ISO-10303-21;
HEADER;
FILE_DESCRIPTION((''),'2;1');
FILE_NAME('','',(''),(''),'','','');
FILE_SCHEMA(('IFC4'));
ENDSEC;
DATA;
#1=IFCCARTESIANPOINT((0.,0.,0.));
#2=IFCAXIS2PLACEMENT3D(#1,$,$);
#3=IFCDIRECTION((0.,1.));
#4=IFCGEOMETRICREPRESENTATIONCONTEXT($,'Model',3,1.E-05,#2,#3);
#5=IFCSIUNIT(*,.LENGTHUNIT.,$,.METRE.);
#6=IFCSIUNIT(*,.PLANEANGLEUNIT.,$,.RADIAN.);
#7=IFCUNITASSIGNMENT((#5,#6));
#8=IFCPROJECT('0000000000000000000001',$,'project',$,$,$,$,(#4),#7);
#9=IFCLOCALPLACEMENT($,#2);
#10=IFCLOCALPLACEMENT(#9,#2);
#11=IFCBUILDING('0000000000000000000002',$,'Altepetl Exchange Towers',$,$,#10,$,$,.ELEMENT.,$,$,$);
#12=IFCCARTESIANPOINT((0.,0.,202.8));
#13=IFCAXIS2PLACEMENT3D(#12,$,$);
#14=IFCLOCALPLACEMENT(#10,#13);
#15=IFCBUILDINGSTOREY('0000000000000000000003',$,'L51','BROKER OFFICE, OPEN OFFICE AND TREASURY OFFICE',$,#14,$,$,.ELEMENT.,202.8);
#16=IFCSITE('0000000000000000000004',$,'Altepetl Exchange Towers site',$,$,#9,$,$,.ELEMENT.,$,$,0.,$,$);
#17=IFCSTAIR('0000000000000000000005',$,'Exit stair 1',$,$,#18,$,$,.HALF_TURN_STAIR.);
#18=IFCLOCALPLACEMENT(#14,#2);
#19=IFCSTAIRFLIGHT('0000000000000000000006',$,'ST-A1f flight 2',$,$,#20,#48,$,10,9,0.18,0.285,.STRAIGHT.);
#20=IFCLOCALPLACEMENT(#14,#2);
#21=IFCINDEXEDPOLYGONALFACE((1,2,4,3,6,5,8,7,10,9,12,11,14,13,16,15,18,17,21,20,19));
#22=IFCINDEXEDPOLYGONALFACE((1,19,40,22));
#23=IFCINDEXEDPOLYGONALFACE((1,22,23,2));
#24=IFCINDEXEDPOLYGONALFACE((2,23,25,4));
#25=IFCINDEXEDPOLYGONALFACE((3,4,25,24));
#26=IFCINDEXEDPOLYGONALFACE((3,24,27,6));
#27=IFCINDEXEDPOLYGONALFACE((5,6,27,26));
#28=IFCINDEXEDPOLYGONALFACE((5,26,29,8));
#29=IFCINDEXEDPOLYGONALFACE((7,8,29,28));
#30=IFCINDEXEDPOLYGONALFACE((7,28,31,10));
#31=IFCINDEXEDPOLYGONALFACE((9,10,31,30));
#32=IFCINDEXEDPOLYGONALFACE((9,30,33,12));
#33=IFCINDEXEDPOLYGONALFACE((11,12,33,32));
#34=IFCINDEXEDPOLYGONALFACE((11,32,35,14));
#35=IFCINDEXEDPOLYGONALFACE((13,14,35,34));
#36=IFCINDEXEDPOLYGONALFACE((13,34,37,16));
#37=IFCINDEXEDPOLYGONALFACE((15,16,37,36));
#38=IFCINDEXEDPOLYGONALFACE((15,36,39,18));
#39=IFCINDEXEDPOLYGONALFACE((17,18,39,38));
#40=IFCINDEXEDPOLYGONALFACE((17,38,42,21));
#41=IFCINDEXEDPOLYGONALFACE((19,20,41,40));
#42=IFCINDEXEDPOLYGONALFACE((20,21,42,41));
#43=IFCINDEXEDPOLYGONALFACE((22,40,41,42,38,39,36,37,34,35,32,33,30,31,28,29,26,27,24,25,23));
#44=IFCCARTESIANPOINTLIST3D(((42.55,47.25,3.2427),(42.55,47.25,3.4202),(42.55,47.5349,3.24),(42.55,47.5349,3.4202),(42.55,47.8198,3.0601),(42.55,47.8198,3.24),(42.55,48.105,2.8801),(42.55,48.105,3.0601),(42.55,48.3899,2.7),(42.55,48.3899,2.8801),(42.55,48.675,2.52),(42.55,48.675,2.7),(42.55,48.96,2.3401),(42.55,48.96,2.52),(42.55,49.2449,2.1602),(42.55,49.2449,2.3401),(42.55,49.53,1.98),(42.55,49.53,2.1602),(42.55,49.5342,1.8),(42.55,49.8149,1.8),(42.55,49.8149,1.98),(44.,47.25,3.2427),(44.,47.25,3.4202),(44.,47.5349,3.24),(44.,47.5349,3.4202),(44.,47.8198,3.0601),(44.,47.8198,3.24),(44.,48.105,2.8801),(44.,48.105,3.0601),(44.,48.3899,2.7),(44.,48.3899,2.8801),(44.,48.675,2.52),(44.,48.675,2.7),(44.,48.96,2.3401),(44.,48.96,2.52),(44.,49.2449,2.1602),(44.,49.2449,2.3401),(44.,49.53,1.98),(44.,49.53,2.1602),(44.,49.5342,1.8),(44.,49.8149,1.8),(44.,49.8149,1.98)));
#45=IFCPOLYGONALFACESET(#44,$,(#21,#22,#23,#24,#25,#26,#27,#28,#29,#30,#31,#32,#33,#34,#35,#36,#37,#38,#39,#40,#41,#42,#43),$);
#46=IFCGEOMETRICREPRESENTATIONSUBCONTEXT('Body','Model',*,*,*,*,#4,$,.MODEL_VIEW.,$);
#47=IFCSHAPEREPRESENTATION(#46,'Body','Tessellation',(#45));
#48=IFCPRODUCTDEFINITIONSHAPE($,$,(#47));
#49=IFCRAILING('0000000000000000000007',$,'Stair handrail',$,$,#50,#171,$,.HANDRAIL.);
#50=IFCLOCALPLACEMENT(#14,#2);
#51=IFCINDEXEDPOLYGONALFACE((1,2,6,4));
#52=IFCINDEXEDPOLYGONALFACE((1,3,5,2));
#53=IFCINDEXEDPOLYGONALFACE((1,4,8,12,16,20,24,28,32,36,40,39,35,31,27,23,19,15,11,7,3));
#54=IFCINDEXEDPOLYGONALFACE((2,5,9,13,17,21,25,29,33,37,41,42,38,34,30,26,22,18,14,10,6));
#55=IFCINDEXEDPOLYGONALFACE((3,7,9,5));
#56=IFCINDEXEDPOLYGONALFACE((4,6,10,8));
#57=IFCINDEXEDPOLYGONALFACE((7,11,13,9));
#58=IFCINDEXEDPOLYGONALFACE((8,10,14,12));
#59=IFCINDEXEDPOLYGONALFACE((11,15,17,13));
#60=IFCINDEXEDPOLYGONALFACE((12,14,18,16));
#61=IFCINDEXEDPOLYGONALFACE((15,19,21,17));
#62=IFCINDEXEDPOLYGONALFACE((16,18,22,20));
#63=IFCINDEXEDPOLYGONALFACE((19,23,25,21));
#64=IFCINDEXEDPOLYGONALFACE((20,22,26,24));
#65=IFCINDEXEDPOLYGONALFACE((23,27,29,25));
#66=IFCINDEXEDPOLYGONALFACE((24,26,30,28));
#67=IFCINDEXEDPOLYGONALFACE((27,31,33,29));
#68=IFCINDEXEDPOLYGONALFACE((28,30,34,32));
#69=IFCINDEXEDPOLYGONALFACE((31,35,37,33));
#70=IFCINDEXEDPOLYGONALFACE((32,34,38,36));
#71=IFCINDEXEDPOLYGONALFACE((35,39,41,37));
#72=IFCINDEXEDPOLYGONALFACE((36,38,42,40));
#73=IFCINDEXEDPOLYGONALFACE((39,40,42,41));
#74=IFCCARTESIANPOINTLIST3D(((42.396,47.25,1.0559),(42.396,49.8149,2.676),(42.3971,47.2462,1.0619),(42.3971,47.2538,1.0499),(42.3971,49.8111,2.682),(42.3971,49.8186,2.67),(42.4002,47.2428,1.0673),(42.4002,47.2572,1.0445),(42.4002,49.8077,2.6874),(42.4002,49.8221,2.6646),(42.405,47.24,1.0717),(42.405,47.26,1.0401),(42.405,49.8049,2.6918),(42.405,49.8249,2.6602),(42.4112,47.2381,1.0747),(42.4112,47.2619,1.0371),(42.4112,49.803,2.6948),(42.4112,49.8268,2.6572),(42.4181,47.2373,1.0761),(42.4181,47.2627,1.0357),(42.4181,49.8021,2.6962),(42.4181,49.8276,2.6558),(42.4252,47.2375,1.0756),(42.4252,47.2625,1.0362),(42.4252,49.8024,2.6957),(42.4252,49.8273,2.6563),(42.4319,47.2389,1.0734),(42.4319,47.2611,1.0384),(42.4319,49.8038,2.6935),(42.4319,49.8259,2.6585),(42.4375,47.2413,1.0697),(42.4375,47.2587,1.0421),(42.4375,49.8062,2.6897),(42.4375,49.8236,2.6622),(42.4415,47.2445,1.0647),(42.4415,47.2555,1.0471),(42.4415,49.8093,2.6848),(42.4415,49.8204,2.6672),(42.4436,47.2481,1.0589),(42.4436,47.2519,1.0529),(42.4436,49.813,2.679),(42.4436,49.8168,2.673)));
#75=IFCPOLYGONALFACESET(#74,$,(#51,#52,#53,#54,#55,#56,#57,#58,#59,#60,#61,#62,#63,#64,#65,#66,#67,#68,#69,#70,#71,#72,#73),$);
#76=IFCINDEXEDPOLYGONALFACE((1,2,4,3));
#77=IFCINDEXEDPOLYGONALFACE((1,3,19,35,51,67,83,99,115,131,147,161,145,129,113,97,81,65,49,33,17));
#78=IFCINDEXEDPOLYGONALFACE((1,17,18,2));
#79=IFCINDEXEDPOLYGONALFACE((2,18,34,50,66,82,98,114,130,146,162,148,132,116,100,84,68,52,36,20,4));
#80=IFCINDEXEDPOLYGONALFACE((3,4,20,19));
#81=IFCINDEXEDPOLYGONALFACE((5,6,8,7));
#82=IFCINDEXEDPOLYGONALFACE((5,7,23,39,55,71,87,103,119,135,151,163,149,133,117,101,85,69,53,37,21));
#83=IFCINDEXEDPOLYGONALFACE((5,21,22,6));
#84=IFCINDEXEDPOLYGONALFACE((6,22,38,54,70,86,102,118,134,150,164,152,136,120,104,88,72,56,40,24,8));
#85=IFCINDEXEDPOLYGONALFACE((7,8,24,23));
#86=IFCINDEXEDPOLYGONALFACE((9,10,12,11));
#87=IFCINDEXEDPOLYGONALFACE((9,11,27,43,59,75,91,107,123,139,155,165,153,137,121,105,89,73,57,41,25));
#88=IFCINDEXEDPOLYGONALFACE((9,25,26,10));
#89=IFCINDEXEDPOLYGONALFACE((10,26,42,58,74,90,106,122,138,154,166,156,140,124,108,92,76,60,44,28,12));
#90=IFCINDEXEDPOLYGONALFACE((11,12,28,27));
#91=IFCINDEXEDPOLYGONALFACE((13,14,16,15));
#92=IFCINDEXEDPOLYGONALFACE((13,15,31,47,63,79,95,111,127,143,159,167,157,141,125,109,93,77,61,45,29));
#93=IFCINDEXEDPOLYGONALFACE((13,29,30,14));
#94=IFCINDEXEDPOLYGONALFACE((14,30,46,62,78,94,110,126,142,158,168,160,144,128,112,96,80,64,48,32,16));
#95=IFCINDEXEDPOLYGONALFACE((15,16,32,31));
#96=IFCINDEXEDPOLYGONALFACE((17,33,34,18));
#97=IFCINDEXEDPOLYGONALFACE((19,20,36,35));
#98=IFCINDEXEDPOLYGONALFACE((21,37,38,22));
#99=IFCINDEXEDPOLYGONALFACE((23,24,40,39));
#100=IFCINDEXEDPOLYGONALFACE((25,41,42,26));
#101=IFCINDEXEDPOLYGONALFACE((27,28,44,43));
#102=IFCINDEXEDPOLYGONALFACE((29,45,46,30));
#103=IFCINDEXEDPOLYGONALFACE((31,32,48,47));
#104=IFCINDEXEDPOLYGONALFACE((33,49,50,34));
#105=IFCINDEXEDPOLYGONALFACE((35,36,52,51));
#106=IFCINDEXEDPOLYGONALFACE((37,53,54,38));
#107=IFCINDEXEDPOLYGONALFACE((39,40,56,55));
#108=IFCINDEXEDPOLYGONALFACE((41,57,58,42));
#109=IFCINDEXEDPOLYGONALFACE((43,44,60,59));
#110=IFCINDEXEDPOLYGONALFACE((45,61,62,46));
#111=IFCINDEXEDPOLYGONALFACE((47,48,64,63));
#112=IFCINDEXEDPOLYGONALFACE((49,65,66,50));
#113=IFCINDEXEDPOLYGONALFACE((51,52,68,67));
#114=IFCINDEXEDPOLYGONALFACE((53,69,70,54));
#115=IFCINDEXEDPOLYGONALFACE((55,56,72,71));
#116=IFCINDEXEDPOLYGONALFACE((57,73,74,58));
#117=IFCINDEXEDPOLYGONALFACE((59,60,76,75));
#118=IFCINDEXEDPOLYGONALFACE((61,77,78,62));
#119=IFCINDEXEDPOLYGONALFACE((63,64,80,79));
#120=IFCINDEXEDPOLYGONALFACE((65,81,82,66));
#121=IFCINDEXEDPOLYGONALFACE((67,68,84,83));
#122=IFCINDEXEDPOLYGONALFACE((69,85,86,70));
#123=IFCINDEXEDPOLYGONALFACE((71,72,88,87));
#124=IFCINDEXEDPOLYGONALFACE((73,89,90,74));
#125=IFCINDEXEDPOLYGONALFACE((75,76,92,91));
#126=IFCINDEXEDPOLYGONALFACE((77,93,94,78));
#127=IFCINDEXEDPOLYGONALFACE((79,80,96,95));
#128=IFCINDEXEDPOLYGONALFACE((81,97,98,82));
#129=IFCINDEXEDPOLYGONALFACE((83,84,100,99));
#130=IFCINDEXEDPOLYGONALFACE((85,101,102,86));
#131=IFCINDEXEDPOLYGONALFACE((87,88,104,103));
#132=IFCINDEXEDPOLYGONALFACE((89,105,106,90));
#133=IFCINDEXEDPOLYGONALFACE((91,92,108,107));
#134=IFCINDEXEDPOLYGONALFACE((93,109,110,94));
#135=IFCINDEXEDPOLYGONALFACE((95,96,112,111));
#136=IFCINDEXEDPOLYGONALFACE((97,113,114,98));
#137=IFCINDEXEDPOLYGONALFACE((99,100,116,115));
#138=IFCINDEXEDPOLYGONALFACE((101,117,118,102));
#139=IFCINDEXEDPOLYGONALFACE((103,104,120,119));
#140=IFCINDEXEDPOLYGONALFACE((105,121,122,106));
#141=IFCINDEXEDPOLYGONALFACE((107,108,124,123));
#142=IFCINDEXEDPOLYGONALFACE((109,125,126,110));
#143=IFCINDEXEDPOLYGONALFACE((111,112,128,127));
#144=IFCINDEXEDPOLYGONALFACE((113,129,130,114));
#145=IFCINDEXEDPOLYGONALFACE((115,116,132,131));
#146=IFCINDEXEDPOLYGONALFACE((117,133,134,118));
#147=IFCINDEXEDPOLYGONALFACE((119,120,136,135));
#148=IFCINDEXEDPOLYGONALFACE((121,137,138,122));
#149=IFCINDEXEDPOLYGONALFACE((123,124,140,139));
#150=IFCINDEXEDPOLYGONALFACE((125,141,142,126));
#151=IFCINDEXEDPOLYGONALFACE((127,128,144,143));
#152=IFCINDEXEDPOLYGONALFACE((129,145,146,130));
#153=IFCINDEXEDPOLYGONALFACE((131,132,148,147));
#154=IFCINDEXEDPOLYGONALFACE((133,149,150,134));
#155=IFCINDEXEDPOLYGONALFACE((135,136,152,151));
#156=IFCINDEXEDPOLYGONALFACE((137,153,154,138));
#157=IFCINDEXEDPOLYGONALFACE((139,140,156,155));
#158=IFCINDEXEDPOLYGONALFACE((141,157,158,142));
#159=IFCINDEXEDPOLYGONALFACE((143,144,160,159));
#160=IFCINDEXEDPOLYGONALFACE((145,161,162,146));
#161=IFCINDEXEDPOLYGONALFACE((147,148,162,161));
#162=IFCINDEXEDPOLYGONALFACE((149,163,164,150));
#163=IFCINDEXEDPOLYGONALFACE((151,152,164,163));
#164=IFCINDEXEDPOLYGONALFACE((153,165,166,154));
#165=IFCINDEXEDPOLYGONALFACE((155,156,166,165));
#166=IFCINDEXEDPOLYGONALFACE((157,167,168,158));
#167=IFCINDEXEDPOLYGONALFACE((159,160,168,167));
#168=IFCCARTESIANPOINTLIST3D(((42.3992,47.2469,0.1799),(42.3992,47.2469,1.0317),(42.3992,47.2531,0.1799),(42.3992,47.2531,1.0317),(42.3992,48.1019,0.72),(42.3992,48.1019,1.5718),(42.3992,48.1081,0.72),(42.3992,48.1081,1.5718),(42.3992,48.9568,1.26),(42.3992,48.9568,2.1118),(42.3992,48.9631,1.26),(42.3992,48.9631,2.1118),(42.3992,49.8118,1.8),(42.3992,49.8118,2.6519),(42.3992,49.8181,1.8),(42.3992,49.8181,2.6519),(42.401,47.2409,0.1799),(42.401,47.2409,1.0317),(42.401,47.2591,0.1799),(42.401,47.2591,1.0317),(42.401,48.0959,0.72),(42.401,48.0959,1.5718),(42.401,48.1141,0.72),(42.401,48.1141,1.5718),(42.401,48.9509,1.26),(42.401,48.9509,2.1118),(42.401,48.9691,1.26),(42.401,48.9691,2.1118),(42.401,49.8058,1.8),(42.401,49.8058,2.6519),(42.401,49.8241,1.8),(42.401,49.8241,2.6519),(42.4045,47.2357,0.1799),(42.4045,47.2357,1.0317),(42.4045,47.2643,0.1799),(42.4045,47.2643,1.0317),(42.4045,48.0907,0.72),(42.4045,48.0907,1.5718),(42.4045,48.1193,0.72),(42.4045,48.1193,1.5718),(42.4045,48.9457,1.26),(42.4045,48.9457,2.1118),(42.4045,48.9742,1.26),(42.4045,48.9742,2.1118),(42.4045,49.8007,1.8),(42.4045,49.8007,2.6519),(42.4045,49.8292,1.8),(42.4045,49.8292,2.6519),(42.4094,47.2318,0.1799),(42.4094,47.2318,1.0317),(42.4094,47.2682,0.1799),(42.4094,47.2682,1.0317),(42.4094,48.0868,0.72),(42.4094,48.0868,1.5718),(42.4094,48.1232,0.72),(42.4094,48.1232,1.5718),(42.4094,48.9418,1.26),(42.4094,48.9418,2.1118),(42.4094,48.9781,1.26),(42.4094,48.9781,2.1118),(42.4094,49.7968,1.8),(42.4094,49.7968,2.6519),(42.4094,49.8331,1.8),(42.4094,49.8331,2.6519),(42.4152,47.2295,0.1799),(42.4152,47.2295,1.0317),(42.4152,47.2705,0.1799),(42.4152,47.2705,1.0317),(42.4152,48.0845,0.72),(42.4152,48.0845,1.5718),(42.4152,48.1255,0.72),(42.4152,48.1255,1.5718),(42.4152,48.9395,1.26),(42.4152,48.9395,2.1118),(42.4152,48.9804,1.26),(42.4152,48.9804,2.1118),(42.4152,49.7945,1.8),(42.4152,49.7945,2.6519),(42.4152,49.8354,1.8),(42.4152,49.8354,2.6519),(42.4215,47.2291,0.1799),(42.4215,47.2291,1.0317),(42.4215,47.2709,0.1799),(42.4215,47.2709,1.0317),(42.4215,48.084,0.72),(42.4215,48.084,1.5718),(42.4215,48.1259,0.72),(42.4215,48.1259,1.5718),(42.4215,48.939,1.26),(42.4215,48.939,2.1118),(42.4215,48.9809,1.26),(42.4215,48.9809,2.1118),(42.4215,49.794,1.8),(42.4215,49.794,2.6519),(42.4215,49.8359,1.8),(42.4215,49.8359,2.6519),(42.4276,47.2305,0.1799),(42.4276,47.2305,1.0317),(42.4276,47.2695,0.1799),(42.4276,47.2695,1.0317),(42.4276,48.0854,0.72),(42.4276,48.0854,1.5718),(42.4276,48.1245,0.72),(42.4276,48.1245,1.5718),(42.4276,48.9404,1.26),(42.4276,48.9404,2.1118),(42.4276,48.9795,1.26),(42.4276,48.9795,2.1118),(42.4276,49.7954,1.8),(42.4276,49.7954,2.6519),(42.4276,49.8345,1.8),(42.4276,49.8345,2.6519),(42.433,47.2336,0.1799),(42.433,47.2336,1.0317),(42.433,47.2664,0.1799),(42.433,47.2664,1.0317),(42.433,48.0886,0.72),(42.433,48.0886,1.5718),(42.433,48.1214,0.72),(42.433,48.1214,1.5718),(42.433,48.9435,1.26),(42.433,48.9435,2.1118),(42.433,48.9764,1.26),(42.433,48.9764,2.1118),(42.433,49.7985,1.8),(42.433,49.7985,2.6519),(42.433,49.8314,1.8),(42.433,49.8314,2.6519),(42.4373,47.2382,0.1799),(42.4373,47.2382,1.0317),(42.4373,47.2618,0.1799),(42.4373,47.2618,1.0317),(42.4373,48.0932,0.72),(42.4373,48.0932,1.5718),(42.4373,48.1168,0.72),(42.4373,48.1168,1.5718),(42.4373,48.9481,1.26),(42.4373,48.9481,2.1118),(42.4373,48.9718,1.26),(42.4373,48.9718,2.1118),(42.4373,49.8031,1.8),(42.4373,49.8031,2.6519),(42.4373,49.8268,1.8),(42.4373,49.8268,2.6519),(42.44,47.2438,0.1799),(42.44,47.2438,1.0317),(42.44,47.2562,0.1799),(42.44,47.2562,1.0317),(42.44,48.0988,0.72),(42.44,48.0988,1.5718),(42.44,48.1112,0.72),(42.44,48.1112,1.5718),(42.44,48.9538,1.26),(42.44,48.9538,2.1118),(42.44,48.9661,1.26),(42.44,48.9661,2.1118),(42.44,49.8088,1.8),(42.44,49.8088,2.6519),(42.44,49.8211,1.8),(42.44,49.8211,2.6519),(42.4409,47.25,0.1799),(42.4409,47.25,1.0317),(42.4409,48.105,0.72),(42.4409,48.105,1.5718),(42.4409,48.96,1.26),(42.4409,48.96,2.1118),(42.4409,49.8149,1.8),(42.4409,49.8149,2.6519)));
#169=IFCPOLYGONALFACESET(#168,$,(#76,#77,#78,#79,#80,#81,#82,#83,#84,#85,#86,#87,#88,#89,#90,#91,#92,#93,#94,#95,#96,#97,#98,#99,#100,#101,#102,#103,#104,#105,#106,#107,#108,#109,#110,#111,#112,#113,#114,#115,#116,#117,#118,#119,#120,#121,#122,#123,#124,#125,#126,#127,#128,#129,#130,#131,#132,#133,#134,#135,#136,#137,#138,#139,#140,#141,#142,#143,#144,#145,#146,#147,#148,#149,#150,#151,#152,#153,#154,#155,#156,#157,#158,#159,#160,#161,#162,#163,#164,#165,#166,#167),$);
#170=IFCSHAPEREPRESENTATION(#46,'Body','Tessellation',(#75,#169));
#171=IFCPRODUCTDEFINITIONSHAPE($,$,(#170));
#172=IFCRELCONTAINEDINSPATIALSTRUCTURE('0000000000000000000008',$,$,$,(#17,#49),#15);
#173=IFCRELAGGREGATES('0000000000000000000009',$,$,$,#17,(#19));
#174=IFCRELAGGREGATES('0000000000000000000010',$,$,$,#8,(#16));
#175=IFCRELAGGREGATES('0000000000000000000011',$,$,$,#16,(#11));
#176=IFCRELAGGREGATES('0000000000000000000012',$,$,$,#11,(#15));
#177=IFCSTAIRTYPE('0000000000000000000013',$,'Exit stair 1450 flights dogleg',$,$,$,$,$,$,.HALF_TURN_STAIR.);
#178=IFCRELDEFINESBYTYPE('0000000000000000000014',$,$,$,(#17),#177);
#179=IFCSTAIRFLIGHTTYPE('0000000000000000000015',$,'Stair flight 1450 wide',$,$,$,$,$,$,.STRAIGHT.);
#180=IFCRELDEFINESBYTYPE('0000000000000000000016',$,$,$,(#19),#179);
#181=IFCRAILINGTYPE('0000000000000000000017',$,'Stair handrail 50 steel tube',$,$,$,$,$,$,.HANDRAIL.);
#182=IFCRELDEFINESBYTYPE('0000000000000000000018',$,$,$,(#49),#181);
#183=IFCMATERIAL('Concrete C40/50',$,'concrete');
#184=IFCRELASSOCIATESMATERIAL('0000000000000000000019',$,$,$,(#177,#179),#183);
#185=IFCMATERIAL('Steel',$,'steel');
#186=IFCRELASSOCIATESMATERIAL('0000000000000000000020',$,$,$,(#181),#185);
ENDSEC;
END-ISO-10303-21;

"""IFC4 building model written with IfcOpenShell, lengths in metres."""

from ifc_helpers import new_model, si_unit, direction, frame, origin, origin_2d, place, context, subcontext, project, spatial, polyline, circle, outline, extrude, source, transform, mapped, material, type_object, element, aggregate, save


model = new_model("IFC4")

# Units and contexts
model_context = context("Model", 3, precision=1e-05, world=origin(), true_north=direction((0.0, 1.0)))
body_context = subcontext(model_context, "Body", "Model", "MODEL_VIEW")
ifc_project = project(units=[si_unit("LENGTHUNIT", "METRE"), si_unit("PLANEANGLEUNIT", "RADIAN")], contexts=[model_context])

# Site, building, storey
site_placement = place(None, origin())
site = spatial("IfcSite", under=ifc_project, at=site_placement, Name="Altepetl Exchange Towers site", CompositionType="ELEMENT", RefElevation=0.0)
building_placement = place(site_placement, origin())
building = spatial("IfcBuilding", under=site, at=building_placement, Name="Altepetl Exchange Towers", CompositionType="ELEMENT")
storey_placement = place(building_placement, frame((0.0, 0.0, 202.8)))
storey = spatial("IfcBuildingStorey", under=building, at=storey_placement, Name="L51", Description="BROKER OFFICE, OPEN OFFICE AND TREASURY OFFICE", CompositionType="ELEMENT", Elevation=202.8)

# Shared definitions
ifc_material_1 = material(Name="Concrete C40/50", Category="concrete")

# Stair, stair flight
stair_type = type_object("IfcStairType", Name="Exit stair 1450 flights dogleg", PredefinedType="HALF_TURN_STAIR", material=ifc_material_1)
stair_placement = place(storey_placement, origin())
stair = element("IfcStair", 1, at=stair_placement, inside=storey, type_object=stair_type, Name="Exit stair 1", PredefinedType="HALF_TURN_STAIR")
stair_flight_type = type_object("IfcStairFlightType", Name="Stair flight 1450 wide", PredefinedType="STRAIGHT", material=ifc_material_1)
stair_flight_1_placement = place(storey_placement, frame((43.2749, 49.8149, 1.8), z_axis=(0.0, 0.0, 1.0), x_axis=(0.0, -1.0, 0.0)))
stair_flight_1 = element("IfcStairFlight", 2, at=stair_flight_1_placement, type_object=stair_flight_type, Name="ST-A1f flight 2", NumberOfRisers=10, NumberOfTreads=9, PredefinedType="STRAIGHT", RiserHeight=0.18, TreadLength=0.285, context=body_context, shape_type="SweptSolid", body=[
    extrude(outline(polyline([(0.0, 0.0), (0.0, 0.1799), (0.2849, 0.1799), (0.2849, 0.3601), (0.5701, 0.3601), (0.5701, 0.54), (0.855, 0.54), (0.855, 0.72), (1.1399, 0.72), (1.1399, 0.8999), (1.425, 0.8999), (1.425, 1.0801), (1.71, 1.0801), (1.71, 1.26), (1.9951, 1.26), (1.9951, 1.4399), (2.28, 1.4399), (2.28, 1.6201), (2.5649, 1.6201), (2.5649, 1.8), (2.5649, 1.4426), (0.2808, 0.0), (0.0, 0.0)])), frame((0.0, 0.7251, 0.0), z_axis=(0.0, -1.0, 0.0), x_axis=(1.0, 0.0, 0.0)), (0.0, 0.0, 1.0), 1.45),
])
aggregate(stair, [stair_flight_1])

# Railing
ifc_material_2 = material(Name="Steel", Category="steel")
railing_type = type_object("IfcRailingType", Name="Stair handrail 50 steel tube", PredefinedType="HANDRAIL", material=ifc_material_2)
shared_shape = source(origin(), body_context, "Body", "SweptSolid", [
    extrude(circle(Radius=0.021, at=origin_2d()), origin(), (0.0, 0.0, 1.0), 0.8518),
])
railing_1_placement = place(storey_placement, frame((42.4199, 47.25, 0.1799)))
element("IfcRailing", 3, at=railing_1_placement, inside=storey, type_object=railing_type, Name="Stair handrail", PredefinedType="HANDRAIL", context=body_context, shape_type="SweptSolid", body=[
    extrude(circle(Radius=0.0239, at=origin_2d()), frame((0.0, 0.0, 0.876), z_axis=(0.0, 0.845466, 0.534029), x_axis=(-1.0, 0.0, 0.0)), (0.0, 0.0, 1.0), 3.0337),
    mapped(shared_shape, transform((0.0, 0.0, 0.0))),
    mapped(shared_shape, transform((0.0, 0.855, 0.54))),
    mapped(shared_shape, transform((0.0, 1.71, 1.0801))),
    mapped(shared_shape, transform((0.0, 2.5649, 1.6201))),
])

save(model, "model.ifc")
